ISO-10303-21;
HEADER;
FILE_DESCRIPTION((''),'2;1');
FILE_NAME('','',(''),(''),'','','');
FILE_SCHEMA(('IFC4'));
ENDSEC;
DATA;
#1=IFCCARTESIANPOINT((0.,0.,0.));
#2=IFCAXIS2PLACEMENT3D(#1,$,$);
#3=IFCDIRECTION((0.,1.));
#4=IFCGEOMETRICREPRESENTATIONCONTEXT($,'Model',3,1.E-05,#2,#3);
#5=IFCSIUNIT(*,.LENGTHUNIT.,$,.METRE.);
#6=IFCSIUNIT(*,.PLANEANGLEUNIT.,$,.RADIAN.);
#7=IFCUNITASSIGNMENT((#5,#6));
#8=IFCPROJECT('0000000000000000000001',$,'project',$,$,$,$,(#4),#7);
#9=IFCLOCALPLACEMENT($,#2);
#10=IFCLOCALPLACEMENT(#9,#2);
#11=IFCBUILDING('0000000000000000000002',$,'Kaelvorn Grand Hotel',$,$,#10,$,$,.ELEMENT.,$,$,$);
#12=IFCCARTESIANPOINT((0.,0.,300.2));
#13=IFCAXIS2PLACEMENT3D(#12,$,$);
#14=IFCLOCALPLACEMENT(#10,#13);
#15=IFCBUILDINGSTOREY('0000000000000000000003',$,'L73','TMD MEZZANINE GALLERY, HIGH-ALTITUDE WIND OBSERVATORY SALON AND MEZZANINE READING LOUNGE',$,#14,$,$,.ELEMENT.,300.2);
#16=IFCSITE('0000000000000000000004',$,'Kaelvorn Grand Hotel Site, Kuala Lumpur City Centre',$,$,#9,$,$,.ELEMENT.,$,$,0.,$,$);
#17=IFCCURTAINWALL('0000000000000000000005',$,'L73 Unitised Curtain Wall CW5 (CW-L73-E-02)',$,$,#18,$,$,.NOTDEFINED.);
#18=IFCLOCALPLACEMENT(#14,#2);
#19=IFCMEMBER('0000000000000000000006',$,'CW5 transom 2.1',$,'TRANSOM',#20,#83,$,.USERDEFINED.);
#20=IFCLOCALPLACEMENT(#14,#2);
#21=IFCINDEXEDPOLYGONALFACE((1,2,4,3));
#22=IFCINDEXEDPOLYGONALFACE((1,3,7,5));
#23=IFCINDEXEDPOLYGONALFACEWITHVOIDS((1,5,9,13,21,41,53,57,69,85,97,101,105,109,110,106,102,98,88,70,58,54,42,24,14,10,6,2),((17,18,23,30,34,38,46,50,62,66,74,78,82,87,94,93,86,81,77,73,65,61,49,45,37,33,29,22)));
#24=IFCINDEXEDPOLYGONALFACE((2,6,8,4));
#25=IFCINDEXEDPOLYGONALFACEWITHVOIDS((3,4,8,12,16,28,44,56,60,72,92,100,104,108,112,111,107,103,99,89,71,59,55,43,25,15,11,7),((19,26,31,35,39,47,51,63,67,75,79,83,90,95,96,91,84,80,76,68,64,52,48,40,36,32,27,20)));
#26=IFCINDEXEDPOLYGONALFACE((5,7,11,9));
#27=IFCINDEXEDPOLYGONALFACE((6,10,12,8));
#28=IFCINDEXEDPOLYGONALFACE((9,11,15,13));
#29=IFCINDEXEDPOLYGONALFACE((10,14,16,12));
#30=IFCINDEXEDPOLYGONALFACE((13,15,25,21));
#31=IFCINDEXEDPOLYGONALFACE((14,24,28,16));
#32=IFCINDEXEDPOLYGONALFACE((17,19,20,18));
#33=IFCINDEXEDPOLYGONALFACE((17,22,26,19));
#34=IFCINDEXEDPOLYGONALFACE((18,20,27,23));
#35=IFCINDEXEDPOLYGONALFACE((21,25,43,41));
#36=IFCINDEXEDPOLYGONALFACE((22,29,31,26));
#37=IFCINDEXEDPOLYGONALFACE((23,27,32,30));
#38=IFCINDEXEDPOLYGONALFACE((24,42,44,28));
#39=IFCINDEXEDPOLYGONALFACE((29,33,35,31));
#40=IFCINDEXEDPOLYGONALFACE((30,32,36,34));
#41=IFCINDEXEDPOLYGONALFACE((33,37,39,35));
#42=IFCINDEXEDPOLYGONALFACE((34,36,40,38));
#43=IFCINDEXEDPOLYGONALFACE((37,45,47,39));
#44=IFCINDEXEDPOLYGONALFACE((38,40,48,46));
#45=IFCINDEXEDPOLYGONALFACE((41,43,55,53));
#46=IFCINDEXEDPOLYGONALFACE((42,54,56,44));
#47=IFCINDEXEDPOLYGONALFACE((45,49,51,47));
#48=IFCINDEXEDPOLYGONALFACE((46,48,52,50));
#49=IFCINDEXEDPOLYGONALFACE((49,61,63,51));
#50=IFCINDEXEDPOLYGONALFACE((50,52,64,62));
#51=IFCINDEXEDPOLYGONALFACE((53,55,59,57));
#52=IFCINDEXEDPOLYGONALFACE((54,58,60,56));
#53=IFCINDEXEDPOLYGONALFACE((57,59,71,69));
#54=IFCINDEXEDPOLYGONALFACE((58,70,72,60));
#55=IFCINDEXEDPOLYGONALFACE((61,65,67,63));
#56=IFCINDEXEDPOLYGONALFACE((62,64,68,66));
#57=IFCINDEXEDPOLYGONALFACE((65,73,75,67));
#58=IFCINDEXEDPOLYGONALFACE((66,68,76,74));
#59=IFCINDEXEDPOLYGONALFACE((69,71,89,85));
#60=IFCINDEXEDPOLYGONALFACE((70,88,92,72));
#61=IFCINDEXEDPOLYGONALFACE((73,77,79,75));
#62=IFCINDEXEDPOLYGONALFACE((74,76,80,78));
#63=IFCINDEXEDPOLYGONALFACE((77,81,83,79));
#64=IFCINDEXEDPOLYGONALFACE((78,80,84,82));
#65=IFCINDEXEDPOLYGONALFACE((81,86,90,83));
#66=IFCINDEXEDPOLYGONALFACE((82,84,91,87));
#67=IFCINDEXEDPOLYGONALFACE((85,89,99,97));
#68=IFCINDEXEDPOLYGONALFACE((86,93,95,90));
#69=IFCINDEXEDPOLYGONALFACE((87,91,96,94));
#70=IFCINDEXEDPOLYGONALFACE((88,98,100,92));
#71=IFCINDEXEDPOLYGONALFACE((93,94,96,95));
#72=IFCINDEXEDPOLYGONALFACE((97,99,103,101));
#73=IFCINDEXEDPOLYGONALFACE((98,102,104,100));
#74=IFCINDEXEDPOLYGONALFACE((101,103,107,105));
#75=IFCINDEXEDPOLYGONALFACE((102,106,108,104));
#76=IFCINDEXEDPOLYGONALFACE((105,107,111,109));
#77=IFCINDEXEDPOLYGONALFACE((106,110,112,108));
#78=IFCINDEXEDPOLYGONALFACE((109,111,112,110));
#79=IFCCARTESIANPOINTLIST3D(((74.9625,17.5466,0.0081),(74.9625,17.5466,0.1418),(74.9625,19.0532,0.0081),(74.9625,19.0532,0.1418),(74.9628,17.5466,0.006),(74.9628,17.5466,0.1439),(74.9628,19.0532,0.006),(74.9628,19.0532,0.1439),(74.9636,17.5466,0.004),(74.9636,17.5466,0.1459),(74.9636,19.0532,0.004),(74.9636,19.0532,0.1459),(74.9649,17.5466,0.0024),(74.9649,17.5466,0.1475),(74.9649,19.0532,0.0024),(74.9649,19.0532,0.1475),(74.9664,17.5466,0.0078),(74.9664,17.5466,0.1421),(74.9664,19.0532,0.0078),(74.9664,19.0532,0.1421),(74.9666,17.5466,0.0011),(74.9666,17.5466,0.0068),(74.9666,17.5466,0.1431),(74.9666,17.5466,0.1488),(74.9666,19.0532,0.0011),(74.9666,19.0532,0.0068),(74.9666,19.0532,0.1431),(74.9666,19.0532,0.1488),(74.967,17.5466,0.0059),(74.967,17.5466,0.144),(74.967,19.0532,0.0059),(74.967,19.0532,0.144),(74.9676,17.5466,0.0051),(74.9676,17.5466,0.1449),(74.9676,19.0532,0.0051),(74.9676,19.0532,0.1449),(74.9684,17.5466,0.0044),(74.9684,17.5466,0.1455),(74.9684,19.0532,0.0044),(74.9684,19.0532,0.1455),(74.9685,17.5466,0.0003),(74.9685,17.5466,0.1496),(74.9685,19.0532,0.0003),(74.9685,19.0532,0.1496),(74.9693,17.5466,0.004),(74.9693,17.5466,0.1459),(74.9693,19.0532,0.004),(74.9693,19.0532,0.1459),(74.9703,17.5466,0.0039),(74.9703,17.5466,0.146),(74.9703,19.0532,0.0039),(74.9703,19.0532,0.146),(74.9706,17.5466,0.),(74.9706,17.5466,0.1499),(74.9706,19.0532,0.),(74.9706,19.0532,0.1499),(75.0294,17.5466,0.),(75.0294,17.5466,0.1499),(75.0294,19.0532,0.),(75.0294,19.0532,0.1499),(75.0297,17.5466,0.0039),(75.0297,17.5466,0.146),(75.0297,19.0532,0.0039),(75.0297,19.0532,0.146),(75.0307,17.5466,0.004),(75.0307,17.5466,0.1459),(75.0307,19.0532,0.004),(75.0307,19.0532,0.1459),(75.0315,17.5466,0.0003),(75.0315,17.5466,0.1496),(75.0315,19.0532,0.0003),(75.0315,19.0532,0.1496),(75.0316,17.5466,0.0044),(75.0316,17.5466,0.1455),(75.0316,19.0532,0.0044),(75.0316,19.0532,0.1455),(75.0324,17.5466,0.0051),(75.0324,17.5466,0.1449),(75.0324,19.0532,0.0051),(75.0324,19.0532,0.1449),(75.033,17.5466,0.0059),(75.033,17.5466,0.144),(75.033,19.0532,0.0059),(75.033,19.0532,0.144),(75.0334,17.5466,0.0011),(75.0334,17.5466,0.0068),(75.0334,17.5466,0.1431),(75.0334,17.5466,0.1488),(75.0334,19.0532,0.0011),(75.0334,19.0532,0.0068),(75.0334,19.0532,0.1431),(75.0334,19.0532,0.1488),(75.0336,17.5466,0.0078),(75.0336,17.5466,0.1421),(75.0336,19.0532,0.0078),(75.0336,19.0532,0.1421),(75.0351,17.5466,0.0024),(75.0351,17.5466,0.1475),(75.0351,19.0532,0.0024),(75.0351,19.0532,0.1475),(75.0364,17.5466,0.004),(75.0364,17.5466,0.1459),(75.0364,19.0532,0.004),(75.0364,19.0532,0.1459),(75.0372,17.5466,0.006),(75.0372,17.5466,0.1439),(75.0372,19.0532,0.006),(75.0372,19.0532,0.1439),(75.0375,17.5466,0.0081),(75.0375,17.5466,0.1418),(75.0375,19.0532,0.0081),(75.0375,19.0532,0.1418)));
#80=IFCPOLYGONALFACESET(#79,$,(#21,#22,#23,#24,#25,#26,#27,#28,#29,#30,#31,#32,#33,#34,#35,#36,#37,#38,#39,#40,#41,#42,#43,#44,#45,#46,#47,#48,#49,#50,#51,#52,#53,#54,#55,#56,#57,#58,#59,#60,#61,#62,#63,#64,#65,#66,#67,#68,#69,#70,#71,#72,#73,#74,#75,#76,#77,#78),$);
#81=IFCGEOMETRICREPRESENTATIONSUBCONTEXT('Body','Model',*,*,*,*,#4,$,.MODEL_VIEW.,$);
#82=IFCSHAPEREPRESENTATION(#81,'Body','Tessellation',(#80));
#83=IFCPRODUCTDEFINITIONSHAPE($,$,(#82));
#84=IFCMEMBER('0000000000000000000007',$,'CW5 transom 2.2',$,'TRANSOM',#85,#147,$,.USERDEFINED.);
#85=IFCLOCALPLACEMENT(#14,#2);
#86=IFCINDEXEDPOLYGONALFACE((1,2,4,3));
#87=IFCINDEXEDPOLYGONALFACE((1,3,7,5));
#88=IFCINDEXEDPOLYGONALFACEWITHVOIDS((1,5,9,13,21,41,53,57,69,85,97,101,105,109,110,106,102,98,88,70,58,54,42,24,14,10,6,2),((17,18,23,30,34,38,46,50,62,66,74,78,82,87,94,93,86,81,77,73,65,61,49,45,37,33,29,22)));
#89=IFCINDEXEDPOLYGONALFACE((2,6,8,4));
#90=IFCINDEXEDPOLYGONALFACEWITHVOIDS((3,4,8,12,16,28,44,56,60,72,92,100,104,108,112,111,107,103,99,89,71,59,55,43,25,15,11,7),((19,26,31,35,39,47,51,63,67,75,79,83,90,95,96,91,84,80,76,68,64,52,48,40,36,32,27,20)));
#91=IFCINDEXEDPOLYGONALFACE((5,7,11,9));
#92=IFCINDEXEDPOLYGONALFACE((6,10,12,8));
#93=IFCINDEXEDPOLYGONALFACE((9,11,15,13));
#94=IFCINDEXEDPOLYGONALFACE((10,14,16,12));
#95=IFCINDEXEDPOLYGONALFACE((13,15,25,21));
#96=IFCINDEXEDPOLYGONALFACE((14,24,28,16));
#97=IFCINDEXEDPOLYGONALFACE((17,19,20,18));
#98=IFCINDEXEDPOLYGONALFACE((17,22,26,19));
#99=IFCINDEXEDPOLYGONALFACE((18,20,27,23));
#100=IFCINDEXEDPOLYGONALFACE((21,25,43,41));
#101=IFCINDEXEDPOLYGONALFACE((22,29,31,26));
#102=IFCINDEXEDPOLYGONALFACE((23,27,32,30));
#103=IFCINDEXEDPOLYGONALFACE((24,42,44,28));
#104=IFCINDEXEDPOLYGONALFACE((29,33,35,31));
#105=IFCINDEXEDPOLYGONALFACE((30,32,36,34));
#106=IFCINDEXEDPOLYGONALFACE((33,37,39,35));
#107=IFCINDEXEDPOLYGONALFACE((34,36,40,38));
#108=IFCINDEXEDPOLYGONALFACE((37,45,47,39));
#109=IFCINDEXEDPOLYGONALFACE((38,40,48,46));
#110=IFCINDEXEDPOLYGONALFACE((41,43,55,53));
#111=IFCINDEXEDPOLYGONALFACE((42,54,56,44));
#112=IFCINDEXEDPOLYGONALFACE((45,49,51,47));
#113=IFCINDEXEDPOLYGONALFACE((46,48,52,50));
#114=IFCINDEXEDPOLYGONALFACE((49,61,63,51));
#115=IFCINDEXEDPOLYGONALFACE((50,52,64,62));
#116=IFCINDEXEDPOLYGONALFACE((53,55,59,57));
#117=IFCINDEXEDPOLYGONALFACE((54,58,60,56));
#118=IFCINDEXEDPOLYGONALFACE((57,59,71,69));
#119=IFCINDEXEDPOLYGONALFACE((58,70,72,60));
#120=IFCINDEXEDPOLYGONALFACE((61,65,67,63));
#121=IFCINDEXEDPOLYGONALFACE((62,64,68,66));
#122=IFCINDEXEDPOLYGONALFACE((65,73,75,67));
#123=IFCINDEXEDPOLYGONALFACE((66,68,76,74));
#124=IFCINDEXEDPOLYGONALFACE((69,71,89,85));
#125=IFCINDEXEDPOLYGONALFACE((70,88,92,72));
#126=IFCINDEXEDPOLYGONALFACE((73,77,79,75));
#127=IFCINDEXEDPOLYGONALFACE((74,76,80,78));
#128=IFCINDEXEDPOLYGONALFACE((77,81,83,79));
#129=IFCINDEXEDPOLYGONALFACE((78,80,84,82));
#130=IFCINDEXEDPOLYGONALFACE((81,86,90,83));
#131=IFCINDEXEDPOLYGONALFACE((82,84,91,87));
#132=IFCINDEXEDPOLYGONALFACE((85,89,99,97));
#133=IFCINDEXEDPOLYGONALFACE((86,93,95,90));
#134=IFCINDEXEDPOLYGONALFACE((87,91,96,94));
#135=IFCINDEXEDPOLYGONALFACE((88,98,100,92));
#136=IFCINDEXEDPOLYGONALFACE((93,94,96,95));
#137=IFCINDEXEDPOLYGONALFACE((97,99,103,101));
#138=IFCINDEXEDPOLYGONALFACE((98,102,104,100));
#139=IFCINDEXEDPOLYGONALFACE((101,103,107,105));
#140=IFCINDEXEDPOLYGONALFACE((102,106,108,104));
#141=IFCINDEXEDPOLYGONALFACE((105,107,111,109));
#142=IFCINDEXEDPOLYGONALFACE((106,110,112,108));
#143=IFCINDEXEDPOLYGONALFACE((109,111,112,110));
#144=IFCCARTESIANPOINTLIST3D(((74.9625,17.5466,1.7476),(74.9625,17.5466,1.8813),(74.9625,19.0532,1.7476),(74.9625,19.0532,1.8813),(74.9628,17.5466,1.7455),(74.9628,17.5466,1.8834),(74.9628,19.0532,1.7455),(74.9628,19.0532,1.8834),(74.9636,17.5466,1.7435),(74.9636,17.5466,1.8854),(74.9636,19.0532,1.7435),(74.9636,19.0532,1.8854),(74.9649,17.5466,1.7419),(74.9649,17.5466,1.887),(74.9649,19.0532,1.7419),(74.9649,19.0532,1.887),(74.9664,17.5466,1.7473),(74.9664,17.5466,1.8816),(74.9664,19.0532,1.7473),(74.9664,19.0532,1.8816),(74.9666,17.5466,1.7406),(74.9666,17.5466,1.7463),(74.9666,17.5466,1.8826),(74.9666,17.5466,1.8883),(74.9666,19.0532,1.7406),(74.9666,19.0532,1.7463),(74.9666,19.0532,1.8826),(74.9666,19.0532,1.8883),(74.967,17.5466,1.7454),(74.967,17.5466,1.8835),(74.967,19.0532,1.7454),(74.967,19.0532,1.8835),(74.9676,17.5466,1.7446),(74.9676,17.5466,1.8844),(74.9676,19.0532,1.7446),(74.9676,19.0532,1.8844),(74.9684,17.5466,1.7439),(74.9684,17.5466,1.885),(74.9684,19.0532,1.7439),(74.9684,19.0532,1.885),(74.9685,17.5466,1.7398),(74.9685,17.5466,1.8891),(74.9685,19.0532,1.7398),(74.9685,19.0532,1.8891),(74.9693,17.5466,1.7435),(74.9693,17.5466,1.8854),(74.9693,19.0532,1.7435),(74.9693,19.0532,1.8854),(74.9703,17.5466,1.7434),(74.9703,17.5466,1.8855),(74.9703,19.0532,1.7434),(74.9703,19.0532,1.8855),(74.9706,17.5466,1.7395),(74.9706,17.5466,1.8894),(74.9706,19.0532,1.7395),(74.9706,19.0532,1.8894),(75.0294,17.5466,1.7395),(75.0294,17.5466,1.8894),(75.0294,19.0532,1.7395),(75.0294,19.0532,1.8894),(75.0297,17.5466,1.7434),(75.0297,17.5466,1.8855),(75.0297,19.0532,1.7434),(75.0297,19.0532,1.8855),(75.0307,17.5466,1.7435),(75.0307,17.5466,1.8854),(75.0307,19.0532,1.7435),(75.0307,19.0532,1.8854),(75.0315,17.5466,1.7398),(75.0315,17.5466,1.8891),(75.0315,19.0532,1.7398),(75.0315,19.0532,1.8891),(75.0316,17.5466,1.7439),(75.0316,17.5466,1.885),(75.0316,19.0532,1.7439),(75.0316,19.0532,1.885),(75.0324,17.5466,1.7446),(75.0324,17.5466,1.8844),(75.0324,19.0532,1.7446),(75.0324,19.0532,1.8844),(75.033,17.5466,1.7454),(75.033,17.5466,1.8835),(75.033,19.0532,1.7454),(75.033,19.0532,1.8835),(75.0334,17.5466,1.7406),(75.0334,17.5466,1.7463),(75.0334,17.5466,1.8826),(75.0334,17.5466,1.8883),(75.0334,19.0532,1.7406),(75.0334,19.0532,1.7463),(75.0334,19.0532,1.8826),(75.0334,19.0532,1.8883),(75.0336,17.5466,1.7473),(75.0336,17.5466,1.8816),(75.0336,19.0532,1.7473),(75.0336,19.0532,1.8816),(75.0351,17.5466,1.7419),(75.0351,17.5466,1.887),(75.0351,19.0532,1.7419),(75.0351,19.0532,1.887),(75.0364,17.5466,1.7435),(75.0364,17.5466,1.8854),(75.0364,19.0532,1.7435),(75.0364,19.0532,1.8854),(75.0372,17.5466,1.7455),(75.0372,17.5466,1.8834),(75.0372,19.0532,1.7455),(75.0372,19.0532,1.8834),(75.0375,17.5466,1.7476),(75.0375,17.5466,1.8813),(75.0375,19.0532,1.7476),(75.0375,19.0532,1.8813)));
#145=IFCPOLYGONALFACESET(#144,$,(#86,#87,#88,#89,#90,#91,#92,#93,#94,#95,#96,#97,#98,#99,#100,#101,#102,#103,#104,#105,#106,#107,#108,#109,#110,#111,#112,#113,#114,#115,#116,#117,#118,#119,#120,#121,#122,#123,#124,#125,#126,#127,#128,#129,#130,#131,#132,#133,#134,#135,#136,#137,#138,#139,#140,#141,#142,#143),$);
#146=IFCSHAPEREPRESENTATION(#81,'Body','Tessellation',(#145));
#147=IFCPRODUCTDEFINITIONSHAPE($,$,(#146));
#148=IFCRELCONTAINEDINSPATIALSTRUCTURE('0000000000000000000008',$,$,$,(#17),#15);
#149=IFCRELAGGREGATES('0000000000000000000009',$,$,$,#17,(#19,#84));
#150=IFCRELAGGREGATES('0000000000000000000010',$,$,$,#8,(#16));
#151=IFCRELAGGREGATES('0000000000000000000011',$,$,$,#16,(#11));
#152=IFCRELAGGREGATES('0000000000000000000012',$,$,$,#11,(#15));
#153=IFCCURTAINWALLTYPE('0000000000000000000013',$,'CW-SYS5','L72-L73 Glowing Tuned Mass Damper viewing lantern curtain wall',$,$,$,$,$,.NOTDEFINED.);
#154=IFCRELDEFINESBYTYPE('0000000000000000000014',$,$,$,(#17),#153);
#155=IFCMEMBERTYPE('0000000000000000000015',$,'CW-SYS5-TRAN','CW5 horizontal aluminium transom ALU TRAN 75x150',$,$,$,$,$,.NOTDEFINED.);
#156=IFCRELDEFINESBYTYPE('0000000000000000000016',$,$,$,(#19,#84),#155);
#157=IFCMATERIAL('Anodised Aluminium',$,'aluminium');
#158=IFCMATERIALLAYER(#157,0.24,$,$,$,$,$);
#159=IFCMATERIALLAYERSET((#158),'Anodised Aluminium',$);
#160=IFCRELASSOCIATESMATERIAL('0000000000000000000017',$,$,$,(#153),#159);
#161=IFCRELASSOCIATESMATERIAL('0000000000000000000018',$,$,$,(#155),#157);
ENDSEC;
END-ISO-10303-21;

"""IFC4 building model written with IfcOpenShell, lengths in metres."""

from ifc_helpers import new_model, si_unit, direction, frame, origin, origin_2d, place, context, subcontext, project, spatial, hollow_rectangle, extrude, material, layer, layer_set, material_profile, profile_set, type_object, element, aggregate, save


model = new_model("IFC4")

# Units and contexts
model_context = context("Model", 3, precision=1e-05, world=origin(), true_north=direction((0.0, 1.0)))
body_context = subcontext(model_context, "Body", "Model", "MODEL_VIEW")
ifc_project = project(units=[si_unit("LENGTHUNIT", "METRE"), si_unit("PLANEANGLEUNIT", "RADIAN")], contexts=[model_context])

# Site, building, storey
site_placement = place(None, origin())
site = spatial("IfcSite", under=ifc_project, at=site_placement, Name="Kaelvorn Grand Hotel Site, Kuala Lumpur City Centre", CompositionType="ELEMENT", RefElevation=0.0)
building_placement = place(site_placement, origin())
building = spatial("IfcBuilding", under=site, at=building_placement, Name="Kaelvorn Grand Hotel", CompositionType="ELEMENT")
storey_placement = place(building_placement, frame((0.0, 0.0, 300.2)))
storey = spatial("IfcBuildingStorey", under=building, at=storey_placement, Name="L73", Description="TMD MEZZANINE GALLERY, HIGH-ALTITUDE WIND OBSERVATORY SALON AND MEZZANINE READING LOUNGE", CompositionType="ELEMENT", Elevation=300.2)

# Curtain wall, members
ifc_material_1 = material(Name="Anodised Aluminium", Category="aluminium")
ifc_layer_1 = layer(ifc_material_1, 0.24)
ifc_layer_set_1 = layer_set([ifc_layer_1], Name="Anodised Aluminium")
curtain_wall_type = type_object("IfcCurtainWallType", Name="CW-SYS5", Description="L72-L73 Glowing Tuned Mass Damper viewing lantern curtain wall", PredefinedType="NOTDEFINED", material=ifc_layer_set_1)
curtain_wall_placement = place(storey_placement, origin())
curtain_wall = element("IfcCurtainWall", 1, at=curtain_wall_placement, inside=storey, type_object=curtain_wall_type, Name="L73 Unitised Curtain Wall CW5 (CW-L73-E-02)", PredefinedType="NOTDEFINED")
ifc_material_profile_1 = material_profile(ifc_material_1, hollow_rectangle(XDim=0.075, YDim=0.1499, WallThickness=0.0039, InnerFilletRadius=0.0039, OuterFilletRadius=0.0081, at=origin_2d()), Name="ALU TRAN 75x150")
ifc_profile_set_1 = profile_set([ifc_material_profile_1], Name="Anodised Aluminium")
member_type_1 = type_object("IfcMemberType", Name="CW-SYS5-TRAN", Description="CW5 horizontal aluminium transom ALU TRAN 75x150", PredefinedType="NOTDEFINED", material=ifc_profile_set_1)
member_1_placement = place(storey_placement, frame((75.0, 17.5466, 0.075), z_axis=(0.0, 1.0, 0.0), x_axis=(-1.0, 0.0, 0.0)))
member_1 = element("IfcMember", 2, at=member_1_placement, type_object=member_type_1, Name="CW5 transom 2.1", ObjectType="TRANSOM", PredefinedType="USERDEFINED", context=body_context, shape_type="SweptSolid", body=[
    extrude(hollow_rectangle(XDim=0.075, YDim=0.1499, WallThickness=0.0039, InnerFilletRadius=0.0039, OuterFilletRadius=0.0081, at=origin_2d()), origin(), (0.0, 0.0, 1.0), 1.5066),
])
member_2_placement = place(storey_placement, frame((75.0, 17.5466, 1.8145), z_axis=(0.0, 1.0, 0.0), x_axis=(-1.0, 0.0, 0.0)))
member_2 = element("IfcMember", 3, at=member_2_placement, type_object=member_type_1, Name="CW5 transom 2.2", ObjectType="TRANSOM", PredefinedType="USERDEFINED", context=body_context, shape_type="SweptSolid", body=[
    extrude(hollow_rectangle(XDim=0.075, YDim=0.1499, WallThickness=0.0039, InnerFilletRadius=0.0039, OuterFilletRadius=0.0081, at=origin_2d()), origin(), (0.0, 0.0, 1.0), 1.5066),
])
aggregate(curtain_wall, [member_1, member_2])

save(model, "model.ifc")
